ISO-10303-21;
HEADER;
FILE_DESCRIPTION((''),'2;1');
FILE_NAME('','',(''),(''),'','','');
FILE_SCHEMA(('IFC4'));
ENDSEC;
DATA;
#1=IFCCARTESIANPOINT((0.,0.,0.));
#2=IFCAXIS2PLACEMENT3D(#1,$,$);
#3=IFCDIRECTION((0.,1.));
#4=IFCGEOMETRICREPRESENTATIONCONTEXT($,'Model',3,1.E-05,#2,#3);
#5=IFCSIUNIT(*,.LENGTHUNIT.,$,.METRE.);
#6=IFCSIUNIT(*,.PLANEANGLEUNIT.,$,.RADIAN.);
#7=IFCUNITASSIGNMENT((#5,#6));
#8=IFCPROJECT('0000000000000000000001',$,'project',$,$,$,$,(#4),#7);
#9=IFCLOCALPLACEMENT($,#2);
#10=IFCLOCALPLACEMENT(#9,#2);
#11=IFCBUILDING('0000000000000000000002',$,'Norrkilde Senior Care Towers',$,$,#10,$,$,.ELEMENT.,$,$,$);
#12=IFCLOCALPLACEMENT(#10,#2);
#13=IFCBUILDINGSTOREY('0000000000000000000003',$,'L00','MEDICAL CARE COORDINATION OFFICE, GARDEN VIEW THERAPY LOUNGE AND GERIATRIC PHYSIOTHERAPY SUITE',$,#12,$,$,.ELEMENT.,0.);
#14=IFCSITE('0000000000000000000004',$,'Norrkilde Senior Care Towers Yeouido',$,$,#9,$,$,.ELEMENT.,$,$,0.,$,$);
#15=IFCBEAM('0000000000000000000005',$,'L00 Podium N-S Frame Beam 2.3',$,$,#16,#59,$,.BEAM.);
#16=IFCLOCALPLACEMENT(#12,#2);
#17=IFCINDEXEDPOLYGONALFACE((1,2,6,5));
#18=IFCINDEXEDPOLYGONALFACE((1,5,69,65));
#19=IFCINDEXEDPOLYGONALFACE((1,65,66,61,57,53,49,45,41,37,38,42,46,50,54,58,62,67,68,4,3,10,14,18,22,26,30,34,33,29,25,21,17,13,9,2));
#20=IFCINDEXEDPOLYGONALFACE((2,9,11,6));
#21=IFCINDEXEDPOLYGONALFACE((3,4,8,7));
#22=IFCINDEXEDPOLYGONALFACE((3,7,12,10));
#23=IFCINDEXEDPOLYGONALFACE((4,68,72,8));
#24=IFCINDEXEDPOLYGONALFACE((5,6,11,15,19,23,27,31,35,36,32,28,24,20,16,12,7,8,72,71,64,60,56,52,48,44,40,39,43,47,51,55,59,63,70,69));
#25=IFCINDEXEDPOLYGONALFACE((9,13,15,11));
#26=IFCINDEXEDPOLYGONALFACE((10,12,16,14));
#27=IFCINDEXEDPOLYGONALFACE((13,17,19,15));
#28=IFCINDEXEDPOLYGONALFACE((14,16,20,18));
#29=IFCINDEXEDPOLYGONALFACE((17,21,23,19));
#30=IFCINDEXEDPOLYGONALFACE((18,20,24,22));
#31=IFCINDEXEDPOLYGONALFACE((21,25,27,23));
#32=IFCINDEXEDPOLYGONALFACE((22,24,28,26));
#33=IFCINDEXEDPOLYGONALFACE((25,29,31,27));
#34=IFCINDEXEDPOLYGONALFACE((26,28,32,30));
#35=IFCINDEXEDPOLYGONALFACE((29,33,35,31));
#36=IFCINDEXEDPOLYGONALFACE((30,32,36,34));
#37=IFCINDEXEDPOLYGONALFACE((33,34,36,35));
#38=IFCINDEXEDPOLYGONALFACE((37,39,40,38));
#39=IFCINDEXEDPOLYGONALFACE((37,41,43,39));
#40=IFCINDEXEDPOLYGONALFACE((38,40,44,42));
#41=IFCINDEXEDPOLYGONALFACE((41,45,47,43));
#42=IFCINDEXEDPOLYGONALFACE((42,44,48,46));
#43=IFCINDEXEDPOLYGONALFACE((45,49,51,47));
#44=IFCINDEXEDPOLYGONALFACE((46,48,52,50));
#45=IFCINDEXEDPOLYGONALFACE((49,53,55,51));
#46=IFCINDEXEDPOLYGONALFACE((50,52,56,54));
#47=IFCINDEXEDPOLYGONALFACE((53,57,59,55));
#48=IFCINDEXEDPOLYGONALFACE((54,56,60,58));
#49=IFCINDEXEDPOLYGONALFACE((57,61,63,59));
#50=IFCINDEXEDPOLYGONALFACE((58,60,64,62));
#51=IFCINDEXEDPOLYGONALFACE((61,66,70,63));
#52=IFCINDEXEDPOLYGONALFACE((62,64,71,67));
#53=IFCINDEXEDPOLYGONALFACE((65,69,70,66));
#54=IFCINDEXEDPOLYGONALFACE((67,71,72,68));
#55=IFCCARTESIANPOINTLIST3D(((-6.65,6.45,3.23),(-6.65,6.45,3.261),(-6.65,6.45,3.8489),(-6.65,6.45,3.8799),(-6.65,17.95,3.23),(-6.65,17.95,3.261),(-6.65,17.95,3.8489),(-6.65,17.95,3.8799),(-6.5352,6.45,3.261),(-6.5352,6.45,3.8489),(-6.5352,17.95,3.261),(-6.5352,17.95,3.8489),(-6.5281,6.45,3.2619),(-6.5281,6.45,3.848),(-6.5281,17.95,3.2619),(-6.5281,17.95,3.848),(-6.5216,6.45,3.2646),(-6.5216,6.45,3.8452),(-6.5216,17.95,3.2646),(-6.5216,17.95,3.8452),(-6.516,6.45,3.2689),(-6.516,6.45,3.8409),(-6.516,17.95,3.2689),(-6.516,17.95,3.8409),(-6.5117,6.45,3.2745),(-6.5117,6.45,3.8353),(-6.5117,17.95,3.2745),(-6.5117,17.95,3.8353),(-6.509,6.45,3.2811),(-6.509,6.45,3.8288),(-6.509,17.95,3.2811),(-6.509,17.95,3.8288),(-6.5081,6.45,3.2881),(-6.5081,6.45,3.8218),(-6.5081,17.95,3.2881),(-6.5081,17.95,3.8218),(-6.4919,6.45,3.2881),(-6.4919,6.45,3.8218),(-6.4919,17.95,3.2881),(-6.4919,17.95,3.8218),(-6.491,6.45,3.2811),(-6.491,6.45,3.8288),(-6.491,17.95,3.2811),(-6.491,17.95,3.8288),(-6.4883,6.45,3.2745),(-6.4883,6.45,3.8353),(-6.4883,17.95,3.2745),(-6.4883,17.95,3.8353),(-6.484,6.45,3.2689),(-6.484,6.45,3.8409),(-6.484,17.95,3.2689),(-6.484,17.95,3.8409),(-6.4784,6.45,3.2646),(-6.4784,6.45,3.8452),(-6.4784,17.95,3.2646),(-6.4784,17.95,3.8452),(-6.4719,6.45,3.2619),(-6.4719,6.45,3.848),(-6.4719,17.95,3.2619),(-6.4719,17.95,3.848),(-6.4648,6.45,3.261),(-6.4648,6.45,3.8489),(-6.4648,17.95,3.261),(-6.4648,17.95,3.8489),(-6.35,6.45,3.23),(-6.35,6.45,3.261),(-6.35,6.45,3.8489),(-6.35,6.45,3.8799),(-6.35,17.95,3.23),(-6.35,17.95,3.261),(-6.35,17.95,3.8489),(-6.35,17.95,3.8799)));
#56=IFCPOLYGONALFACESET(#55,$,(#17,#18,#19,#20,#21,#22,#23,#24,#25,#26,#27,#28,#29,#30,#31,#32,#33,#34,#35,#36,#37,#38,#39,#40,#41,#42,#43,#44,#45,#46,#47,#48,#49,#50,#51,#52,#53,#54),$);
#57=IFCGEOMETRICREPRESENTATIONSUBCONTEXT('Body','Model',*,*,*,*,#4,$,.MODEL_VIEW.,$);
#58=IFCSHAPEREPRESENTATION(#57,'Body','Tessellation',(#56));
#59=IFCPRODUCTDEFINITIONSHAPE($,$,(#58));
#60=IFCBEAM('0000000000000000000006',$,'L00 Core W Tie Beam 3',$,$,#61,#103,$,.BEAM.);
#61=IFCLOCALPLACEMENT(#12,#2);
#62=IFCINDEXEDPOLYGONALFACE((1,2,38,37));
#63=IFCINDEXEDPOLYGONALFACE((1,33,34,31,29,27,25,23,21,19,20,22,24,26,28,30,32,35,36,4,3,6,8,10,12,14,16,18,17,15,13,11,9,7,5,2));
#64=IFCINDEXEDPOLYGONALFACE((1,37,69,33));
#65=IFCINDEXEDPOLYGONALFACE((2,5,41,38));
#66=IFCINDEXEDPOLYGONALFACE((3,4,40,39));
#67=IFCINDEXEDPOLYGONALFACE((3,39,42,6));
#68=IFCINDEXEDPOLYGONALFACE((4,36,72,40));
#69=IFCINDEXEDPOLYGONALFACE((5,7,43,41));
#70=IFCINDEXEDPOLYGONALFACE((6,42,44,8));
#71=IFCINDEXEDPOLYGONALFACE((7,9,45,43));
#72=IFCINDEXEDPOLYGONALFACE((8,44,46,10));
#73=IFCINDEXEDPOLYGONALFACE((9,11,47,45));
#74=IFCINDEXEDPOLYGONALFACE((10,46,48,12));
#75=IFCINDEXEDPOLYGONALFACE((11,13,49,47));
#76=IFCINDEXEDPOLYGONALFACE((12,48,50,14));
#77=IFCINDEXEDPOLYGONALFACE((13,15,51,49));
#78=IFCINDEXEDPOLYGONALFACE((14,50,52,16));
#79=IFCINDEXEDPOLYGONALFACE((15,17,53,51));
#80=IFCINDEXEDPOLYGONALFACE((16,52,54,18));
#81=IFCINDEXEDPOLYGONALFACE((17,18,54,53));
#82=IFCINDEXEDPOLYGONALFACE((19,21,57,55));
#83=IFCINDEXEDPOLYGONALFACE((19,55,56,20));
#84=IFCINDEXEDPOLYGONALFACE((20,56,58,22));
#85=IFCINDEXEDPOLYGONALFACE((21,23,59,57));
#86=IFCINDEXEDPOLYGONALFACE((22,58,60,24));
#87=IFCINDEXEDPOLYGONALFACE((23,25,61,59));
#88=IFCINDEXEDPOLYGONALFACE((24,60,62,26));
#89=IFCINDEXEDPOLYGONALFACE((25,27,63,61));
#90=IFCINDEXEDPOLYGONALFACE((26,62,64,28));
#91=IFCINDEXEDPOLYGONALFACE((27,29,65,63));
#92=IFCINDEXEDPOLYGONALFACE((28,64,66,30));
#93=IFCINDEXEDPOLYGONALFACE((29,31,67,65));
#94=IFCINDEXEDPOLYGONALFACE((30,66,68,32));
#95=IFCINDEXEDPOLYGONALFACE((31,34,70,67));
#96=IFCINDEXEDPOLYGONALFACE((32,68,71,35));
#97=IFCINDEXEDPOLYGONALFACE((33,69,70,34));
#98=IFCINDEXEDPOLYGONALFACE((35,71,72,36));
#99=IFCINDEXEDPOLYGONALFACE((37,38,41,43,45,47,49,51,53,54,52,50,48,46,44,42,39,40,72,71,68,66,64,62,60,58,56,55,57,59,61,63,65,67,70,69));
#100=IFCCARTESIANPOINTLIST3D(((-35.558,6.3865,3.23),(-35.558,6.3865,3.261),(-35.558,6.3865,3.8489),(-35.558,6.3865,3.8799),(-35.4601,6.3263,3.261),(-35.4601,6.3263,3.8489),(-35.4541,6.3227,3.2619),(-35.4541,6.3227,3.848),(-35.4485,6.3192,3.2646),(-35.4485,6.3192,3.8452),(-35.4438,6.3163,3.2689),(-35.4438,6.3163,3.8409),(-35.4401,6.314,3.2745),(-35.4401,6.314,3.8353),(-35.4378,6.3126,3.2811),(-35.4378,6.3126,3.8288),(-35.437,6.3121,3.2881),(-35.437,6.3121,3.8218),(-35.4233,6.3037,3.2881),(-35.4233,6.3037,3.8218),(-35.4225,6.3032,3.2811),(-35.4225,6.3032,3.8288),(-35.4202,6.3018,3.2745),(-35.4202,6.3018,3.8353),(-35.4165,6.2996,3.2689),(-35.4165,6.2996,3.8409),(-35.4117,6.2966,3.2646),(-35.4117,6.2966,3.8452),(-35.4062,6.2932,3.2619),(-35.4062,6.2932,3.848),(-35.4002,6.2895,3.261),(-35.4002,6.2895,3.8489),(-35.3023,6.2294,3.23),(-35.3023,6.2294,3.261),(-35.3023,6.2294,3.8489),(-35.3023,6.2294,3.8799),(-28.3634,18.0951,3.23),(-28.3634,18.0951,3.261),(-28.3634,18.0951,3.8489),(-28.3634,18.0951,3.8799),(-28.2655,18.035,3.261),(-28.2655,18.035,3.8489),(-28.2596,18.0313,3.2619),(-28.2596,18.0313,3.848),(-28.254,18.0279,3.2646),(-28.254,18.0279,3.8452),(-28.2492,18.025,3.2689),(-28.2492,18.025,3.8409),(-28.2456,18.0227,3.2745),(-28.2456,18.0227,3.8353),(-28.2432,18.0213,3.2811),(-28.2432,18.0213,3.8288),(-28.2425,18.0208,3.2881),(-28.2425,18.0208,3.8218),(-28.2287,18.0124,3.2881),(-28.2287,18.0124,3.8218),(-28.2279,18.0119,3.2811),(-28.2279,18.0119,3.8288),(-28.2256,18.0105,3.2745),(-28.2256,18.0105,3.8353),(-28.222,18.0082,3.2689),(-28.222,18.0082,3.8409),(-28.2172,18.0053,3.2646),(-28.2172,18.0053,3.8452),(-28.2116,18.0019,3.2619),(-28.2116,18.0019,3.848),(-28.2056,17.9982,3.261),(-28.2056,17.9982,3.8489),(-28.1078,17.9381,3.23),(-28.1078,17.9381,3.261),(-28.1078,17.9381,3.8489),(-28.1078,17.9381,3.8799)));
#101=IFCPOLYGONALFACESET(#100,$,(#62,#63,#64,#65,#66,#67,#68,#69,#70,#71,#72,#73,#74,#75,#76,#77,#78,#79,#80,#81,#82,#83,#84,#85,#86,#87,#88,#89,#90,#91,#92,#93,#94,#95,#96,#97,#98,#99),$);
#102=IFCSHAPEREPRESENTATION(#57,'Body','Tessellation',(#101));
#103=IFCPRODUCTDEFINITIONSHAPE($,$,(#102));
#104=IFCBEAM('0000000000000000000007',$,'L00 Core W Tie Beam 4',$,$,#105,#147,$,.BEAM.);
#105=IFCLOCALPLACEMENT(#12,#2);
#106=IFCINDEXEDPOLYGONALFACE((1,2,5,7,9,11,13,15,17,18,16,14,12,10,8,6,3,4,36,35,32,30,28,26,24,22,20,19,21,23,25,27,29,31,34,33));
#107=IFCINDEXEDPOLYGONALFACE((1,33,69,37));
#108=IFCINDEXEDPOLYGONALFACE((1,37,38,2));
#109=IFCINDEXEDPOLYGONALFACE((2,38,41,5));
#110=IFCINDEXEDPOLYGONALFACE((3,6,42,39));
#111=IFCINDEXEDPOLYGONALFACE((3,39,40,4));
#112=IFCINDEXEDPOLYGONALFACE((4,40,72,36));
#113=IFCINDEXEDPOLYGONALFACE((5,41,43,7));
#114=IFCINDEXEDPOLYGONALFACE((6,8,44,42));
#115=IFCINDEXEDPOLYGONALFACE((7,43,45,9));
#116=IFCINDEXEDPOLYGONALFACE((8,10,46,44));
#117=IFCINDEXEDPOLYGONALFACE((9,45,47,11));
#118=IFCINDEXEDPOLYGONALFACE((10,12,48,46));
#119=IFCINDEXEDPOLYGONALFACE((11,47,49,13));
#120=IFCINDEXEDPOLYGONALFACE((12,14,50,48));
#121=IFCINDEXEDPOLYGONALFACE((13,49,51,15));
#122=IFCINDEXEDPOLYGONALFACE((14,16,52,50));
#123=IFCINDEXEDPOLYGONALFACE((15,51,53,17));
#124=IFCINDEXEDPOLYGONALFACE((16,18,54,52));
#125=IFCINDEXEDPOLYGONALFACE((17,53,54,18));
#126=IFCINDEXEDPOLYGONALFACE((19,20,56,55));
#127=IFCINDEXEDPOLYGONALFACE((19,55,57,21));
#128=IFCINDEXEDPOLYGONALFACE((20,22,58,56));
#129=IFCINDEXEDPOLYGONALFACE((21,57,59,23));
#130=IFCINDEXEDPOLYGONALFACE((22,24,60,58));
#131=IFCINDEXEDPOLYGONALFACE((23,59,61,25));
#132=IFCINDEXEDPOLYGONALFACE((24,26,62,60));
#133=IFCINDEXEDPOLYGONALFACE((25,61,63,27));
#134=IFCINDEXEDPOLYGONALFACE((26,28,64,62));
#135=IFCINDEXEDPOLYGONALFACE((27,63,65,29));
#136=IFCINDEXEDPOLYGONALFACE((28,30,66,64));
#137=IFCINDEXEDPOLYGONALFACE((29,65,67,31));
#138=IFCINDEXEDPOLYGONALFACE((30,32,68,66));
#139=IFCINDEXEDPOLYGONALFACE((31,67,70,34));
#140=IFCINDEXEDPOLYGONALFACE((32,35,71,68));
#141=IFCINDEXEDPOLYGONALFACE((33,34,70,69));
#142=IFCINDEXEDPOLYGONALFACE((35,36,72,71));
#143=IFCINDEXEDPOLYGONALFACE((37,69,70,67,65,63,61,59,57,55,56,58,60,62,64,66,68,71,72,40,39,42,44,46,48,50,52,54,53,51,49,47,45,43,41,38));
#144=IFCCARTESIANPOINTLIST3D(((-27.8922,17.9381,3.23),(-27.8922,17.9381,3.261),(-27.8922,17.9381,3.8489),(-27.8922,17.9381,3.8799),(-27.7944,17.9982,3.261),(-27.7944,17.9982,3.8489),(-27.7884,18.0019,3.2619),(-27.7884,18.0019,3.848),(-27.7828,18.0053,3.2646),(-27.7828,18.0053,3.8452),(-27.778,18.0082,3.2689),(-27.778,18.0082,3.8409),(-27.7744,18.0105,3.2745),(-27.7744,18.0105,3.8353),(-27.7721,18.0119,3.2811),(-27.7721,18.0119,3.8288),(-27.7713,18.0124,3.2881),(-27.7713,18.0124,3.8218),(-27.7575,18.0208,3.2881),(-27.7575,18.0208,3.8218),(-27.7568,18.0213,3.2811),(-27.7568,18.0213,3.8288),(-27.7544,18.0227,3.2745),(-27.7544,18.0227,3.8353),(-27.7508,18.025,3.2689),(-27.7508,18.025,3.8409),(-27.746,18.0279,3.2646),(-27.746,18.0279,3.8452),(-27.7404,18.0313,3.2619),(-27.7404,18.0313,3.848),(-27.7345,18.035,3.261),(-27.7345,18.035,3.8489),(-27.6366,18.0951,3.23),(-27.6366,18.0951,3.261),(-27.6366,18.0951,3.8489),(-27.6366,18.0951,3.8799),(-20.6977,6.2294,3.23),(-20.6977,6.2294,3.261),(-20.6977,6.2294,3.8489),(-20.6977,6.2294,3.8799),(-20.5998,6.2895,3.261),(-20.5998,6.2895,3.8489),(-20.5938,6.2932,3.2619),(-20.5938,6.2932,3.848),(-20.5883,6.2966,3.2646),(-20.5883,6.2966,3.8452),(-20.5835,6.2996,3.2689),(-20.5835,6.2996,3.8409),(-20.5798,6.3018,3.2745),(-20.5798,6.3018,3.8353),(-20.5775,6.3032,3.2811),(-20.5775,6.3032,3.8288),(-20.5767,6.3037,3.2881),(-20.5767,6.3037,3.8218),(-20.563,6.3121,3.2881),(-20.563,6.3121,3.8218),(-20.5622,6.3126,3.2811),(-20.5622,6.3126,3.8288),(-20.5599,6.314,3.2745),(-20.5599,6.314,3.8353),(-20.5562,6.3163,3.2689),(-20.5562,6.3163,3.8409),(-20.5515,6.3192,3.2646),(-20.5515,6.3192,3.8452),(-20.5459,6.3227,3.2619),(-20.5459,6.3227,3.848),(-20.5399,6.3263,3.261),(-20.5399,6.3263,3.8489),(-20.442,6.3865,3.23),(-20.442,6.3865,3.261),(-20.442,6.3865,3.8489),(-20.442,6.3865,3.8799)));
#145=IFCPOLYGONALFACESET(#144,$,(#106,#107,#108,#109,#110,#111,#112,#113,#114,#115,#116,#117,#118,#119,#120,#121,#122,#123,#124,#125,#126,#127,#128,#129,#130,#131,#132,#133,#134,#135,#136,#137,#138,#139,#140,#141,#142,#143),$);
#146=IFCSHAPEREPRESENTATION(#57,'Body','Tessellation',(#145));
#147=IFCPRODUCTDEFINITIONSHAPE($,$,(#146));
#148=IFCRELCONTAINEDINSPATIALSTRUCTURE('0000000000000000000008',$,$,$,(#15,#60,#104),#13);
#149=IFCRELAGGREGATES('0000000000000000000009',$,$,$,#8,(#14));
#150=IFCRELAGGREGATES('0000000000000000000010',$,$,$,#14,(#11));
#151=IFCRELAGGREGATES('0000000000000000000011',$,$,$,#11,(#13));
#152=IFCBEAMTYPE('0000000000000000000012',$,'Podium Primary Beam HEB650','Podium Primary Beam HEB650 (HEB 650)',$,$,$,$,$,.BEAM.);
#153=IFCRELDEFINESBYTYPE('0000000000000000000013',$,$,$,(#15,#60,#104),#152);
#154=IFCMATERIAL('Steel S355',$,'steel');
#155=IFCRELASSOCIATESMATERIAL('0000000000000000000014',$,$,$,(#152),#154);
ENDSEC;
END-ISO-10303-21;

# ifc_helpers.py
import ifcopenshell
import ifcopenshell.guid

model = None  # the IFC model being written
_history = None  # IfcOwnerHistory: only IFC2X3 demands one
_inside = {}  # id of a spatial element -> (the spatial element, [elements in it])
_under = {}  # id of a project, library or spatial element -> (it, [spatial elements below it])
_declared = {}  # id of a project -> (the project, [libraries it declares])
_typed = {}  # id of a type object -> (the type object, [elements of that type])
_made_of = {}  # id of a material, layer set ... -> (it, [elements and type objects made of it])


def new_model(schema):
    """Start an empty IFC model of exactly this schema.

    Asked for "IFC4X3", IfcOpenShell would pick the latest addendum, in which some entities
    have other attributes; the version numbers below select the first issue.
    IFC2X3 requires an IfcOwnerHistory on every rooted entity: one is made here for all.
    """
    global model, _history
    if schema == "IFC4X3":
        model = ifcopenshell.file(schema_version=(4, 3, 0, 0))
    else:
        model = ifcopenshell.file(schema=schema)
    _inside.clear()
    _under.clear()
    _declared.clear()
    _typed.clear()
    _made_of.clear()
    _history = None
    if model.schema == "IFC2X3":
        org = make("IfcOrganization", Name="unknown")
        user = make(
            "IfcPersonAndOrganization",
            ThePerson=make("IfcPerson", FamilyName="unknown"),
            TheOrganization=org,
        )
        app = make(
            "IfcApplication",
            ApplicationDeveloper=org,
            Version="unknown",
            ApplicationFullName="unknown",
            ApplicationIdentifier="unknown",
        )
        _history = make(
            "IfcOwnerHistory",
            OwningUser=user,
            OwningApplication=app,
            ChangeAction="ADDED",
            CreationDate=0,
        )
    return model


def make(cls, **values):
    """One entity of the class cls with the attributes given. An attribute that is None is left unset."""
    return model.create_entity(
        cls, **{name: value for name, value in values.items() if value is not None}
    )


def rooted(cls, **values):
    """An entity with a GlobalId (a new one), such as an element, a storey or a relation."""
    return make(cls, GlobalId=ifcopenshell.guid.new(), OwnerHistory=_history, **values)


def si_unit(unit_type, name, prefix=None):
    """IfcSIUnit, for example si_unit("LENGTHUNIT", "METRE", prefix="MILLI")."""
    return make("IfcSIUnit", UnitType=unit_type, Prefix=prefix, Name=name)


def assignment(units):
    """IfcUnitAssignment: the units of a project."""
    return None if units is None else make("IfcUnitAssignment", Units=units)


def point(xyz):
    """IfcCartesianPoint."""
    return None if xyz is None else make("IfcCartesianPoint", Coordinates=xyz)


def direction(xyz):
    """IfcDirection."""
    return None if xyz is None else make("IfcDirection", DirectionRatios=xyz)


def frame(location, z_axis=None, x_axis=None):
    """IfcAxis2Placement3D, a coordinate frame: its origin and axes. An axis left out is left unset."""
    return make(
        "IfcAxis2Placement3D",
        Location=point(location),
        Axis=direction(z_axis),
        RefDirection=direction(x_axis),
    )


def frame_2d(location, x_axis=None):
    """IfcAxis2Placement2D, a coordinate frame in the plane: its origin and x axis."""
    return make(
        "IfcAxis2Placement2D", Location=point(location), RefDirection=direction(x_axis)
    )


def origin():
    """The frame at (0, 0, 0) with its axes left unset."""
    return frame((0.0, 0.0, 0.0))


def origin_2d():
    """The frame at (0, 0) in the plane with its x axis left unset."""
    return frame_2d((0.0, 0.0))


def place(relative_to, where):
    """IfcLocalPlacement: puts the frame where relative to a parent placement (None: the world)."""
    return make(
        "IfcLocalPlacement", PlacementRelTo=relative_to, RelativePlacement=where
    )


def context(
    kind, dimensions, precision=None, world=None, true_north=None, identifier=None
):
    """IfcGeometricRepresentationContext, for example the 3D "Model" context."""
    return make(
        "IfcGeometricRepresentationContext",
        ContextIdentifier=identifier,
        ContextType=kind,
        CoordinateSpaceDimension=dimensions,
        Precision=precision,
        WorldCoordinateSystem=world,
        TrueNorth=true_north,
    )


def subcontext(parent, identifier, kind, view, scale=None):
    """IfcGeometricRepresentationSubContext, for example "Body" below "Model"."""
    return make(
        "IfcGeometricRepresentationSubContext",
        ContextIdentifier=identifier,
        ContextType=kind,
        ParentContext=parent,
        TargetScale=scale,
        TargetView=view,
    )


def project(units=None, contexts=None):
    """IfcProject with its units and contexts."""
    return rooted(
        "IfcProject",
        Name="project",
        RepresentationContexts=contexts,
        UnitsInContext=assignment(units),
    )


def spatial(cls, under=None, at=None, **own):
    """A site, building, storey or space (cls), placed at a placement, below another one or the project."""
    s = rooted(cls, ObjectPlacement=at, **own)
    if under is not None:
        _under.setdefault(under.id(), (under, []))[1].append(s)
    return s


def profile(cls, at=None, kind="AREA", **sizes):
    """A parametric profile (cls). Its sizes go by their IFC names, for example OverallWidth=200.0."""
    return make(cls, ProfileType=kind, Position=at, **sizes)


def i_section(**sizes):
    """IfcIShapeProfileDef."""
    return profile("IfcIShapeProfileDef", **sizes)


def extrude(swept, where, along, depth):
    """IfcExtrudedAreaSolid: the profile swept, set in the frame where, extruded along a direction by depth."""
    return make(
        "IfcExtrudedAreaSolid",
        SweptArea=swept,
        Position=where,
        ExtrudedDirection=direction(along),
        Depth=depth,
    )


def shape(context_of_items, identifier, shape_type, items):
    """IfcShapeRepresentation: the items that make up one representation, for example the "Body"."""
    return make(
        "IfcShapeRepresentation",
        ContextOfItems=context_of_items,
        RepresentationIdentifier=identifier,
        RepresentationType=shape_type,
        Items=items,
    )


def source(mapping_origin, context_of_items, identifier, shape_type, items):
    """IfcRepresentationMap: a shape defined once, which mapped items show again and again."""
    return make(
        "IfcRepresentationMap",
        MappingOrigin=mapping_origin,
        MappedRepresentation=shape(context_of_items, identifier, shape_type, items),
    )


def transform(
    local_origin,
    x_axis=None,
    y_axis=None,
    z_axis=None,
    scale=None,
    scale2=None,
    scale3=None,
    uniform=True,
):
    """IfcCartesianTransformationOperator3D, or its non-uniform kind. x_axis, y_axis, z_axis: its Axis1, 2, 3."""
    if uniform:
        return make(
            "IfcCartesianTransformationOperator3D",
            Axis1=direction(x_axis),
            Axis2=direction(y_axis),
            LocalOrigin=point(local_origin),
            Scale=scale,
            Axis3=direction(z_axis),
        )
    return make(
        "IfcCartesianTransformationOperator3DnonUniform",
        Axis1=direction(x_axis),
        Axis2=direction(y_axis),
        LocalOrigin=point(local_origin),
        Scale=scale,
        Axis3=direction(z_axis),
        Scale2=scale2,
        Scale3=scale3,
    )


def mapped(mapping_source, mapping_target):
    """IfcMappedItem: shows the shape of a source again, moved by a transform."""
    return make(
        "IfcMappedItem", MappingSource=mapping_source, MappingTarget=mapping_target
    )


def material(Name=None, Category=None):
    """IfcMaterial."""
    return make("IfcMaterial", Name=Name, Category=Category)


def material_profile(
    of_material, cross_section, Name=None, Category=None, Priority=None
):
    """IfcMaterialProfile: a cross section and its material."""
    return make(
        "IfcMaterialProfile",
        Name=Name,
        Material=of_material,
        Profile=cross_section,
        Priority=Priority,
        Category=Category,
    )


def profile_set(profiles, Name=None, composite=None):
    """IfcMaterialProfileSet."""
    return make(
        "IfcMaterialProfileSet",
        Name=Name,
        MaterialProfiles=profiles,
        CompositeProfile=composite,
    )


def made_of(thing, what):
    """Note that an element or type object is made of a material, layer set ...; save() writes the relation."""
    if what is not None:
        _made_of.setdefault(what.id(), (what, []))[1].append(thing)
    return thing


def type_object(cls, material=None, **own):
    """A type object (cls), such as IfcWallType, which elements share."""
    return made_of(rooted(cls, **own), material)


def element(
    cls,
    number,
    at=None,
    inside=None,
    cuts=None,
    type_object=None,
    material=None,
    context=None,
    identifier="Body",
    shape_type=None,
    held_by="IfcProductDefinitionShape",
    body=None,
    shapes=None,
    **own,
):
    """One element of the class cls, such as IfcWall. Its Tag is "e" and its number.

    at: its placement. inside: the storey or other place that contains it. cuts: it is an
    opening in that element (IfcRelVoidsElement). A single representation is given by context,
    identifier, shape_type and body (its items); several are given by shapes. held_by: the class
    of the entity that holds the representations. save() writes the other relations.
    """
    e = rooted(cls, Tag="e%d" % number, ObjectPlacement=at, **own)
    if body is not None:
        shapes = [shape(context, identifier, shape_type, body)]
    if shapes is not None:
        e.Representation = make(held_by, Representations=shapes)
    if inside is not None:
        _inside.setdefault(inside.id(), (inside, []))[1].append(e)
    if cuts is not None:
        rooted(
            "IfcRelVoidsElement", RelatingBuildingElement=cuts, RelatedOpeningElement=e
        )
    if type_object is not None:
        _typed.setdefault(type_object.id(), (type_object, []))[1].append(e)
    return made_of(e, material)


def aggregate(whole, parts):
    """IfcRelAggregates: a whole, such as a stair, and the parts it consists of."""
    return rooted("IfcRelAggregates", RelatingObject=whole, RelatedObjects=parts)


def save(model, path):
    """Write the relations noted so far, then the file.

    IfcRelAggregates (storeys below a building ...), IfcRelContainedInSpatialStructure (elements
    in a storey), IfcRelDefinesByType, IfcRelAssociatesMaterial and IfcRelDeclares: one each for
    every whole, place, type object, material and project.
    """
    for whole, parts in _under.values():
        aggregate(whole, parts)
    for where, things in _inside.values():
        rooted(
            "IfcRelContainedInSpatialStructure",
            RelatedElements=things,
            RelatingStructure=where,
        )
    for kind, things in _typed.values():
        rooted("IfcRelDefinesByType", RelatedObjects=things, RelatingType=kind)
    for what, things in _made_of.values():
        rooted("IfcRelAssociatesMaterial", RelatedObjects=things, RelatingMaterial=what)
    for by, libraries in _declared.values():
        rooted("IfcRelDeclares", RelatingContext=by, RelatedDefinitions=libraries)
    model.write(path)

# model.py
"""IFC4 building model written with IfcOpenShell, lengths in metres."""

from ifc_helpers import new_model, si_unit, direction, frame, origin, origin_2d, place, context, subcontext, project, spatial, i_section, extrude, source, transform, mapped, material, material_profile, profile_set, type_object, element, save


model = new_model("IFC4")

# Units and contexts
model_context = context("Model", 3, precision=1e-05, world=origin(), true_north=direction((0.0, 1.0)))
body_context = subcontext(model_context, "Body", "Model", "MODEL_VIEW")
ifc_project = project(units=[si_unit("LENGTHUNIT", "METRE"), si_unit("PLANEANGLEUNIT", "RADIAN")], contexts=[model_context])

# Site, building, storey
site_placement = place(None, origin())
site = spatial("IfcSite", under=ifc_project, at=site_placement, Name="Norrkilde Senior Care Towers Yeouido", CompositionType="ELEMENT", RefElevation=0.0)
building_placement = place(site_placement, origin())
building = spatial("IfcBuilding", under=site, at=building_placement, Name="Norrkilde Senior Care Towers", CompositionType="ELEMENT")
storey_placement = place(building_placement, origin())
storey = spatial("IfcBuildingStorey", under=building, at=storey_placement, Name="L00", Description="MEDICAL CARE COORDINATION OFFICE, GARDEN VIEW THERAPY LOUNGE AND GERIATRIC PHYSIOTHERAPY SUITE", CompositionType="ELEMENT", Elevation=0.0)

# Beams
ifc_material_1 = material(Name="Steel S355", Category="steel")
ifc_material_profile_1 = material_profile(ifc_material_1, i_section(OverallWidth=0.3, OverallDepth=0.6499, WebThickness=0.0161, FlangeThickness=0.031, FilletRadius=0.0271, at=origin_2d()), Name="HEB 650")
ifc_profile_set_1 = profile_set([ifc_material_profile_1], Name="Steel S355")
beam_type = type_object("IfcBeamType", Name="Podium Primary Beam HEB650", Description="Podium Primary Beam HEB650 (HEB 650)", PredefinedType="BEAM", material=ifc_profile_set_1)
shared_shape_1 = source(origin(), body_context, "Body", "SweptSolid", [
    extrude(i_section(OverallWidth=0.3, OverallDepth=0.6499, WebThickness=0.0161, FlangeThickness=0.031, FilletRadius=0.0271, at=origin_2d()), origin(), (0.0, 0.0, 1.0), 11.5),
])
beam_1_placement = place(storey_placement, frame((-6.5, 6.45, 3.5549), z_axis=(0.0, 1.0, 0.0), x_axis=(-1.0, 0.0, 0.0)))
element("IfcBeam", 1, at=beam_1_placement, inside=storey, type_object=beam_type, Name="L00 Podium N-S Frame Beam 2.3", PredefinedType="BEAM", context=body_context, shape_type="MappedRepresentation", body=[
    mapped(shared_shape_1, transform((0.0, 0.0, 0.0), x_axis=(1.0, 0.0, 0.0), y_axis=(0.0, 1.0, 0.0), z_axis=(0.0, 0.0, 1.0), scale=1.0)),
])
shared_shape_2 = source(origin(), body_context, "Body", "SweptSolid", [
    extrude(i_section(OverallWidth=0.3, OverallDepth=0.6499, WebThickness=0.0161, FlangeThickness=0.031, FilletRadius=0.0271, at=origin_2d()), origin(), (0.0, 0.0, 1.0), 13.7424),
])
for number, where, z_axis, x_axis, name in (
    (2, (-28.2356, 18.0166, 3.5549), (-0.523527, -0.852009, 0.0), (0.852009, -0.523527, 0.0), "L00 Core W Tie Beam 3"),
    (3, (-27.7644, 18.0166, 3.5549), (0.523527, -0.852009, 0.0), (0.852009, 0.523527, 0.0), "L00 Core W Tie Beam 4"),
):
    element("IfcBeam", number, at=place(storey_placement, frame(where, z_axis=z_axis, x_axis=x_axis)), inside=storey, type_object=beam_type, Name=name, PredefinedType="BEAM", context=body_context, shape_type="MappedRepresentation", body=[
        mapped(shared_shape_2, transform((0.0, 0.0, 0.0), x_axis=(1.0, 0.0, 0.0), y_axis=(0.0, 1.0, 0.0), z_axis=(0.0, 0.0, 1.0), scale=1.0)),
    ])

save(model, "model.ifc")
